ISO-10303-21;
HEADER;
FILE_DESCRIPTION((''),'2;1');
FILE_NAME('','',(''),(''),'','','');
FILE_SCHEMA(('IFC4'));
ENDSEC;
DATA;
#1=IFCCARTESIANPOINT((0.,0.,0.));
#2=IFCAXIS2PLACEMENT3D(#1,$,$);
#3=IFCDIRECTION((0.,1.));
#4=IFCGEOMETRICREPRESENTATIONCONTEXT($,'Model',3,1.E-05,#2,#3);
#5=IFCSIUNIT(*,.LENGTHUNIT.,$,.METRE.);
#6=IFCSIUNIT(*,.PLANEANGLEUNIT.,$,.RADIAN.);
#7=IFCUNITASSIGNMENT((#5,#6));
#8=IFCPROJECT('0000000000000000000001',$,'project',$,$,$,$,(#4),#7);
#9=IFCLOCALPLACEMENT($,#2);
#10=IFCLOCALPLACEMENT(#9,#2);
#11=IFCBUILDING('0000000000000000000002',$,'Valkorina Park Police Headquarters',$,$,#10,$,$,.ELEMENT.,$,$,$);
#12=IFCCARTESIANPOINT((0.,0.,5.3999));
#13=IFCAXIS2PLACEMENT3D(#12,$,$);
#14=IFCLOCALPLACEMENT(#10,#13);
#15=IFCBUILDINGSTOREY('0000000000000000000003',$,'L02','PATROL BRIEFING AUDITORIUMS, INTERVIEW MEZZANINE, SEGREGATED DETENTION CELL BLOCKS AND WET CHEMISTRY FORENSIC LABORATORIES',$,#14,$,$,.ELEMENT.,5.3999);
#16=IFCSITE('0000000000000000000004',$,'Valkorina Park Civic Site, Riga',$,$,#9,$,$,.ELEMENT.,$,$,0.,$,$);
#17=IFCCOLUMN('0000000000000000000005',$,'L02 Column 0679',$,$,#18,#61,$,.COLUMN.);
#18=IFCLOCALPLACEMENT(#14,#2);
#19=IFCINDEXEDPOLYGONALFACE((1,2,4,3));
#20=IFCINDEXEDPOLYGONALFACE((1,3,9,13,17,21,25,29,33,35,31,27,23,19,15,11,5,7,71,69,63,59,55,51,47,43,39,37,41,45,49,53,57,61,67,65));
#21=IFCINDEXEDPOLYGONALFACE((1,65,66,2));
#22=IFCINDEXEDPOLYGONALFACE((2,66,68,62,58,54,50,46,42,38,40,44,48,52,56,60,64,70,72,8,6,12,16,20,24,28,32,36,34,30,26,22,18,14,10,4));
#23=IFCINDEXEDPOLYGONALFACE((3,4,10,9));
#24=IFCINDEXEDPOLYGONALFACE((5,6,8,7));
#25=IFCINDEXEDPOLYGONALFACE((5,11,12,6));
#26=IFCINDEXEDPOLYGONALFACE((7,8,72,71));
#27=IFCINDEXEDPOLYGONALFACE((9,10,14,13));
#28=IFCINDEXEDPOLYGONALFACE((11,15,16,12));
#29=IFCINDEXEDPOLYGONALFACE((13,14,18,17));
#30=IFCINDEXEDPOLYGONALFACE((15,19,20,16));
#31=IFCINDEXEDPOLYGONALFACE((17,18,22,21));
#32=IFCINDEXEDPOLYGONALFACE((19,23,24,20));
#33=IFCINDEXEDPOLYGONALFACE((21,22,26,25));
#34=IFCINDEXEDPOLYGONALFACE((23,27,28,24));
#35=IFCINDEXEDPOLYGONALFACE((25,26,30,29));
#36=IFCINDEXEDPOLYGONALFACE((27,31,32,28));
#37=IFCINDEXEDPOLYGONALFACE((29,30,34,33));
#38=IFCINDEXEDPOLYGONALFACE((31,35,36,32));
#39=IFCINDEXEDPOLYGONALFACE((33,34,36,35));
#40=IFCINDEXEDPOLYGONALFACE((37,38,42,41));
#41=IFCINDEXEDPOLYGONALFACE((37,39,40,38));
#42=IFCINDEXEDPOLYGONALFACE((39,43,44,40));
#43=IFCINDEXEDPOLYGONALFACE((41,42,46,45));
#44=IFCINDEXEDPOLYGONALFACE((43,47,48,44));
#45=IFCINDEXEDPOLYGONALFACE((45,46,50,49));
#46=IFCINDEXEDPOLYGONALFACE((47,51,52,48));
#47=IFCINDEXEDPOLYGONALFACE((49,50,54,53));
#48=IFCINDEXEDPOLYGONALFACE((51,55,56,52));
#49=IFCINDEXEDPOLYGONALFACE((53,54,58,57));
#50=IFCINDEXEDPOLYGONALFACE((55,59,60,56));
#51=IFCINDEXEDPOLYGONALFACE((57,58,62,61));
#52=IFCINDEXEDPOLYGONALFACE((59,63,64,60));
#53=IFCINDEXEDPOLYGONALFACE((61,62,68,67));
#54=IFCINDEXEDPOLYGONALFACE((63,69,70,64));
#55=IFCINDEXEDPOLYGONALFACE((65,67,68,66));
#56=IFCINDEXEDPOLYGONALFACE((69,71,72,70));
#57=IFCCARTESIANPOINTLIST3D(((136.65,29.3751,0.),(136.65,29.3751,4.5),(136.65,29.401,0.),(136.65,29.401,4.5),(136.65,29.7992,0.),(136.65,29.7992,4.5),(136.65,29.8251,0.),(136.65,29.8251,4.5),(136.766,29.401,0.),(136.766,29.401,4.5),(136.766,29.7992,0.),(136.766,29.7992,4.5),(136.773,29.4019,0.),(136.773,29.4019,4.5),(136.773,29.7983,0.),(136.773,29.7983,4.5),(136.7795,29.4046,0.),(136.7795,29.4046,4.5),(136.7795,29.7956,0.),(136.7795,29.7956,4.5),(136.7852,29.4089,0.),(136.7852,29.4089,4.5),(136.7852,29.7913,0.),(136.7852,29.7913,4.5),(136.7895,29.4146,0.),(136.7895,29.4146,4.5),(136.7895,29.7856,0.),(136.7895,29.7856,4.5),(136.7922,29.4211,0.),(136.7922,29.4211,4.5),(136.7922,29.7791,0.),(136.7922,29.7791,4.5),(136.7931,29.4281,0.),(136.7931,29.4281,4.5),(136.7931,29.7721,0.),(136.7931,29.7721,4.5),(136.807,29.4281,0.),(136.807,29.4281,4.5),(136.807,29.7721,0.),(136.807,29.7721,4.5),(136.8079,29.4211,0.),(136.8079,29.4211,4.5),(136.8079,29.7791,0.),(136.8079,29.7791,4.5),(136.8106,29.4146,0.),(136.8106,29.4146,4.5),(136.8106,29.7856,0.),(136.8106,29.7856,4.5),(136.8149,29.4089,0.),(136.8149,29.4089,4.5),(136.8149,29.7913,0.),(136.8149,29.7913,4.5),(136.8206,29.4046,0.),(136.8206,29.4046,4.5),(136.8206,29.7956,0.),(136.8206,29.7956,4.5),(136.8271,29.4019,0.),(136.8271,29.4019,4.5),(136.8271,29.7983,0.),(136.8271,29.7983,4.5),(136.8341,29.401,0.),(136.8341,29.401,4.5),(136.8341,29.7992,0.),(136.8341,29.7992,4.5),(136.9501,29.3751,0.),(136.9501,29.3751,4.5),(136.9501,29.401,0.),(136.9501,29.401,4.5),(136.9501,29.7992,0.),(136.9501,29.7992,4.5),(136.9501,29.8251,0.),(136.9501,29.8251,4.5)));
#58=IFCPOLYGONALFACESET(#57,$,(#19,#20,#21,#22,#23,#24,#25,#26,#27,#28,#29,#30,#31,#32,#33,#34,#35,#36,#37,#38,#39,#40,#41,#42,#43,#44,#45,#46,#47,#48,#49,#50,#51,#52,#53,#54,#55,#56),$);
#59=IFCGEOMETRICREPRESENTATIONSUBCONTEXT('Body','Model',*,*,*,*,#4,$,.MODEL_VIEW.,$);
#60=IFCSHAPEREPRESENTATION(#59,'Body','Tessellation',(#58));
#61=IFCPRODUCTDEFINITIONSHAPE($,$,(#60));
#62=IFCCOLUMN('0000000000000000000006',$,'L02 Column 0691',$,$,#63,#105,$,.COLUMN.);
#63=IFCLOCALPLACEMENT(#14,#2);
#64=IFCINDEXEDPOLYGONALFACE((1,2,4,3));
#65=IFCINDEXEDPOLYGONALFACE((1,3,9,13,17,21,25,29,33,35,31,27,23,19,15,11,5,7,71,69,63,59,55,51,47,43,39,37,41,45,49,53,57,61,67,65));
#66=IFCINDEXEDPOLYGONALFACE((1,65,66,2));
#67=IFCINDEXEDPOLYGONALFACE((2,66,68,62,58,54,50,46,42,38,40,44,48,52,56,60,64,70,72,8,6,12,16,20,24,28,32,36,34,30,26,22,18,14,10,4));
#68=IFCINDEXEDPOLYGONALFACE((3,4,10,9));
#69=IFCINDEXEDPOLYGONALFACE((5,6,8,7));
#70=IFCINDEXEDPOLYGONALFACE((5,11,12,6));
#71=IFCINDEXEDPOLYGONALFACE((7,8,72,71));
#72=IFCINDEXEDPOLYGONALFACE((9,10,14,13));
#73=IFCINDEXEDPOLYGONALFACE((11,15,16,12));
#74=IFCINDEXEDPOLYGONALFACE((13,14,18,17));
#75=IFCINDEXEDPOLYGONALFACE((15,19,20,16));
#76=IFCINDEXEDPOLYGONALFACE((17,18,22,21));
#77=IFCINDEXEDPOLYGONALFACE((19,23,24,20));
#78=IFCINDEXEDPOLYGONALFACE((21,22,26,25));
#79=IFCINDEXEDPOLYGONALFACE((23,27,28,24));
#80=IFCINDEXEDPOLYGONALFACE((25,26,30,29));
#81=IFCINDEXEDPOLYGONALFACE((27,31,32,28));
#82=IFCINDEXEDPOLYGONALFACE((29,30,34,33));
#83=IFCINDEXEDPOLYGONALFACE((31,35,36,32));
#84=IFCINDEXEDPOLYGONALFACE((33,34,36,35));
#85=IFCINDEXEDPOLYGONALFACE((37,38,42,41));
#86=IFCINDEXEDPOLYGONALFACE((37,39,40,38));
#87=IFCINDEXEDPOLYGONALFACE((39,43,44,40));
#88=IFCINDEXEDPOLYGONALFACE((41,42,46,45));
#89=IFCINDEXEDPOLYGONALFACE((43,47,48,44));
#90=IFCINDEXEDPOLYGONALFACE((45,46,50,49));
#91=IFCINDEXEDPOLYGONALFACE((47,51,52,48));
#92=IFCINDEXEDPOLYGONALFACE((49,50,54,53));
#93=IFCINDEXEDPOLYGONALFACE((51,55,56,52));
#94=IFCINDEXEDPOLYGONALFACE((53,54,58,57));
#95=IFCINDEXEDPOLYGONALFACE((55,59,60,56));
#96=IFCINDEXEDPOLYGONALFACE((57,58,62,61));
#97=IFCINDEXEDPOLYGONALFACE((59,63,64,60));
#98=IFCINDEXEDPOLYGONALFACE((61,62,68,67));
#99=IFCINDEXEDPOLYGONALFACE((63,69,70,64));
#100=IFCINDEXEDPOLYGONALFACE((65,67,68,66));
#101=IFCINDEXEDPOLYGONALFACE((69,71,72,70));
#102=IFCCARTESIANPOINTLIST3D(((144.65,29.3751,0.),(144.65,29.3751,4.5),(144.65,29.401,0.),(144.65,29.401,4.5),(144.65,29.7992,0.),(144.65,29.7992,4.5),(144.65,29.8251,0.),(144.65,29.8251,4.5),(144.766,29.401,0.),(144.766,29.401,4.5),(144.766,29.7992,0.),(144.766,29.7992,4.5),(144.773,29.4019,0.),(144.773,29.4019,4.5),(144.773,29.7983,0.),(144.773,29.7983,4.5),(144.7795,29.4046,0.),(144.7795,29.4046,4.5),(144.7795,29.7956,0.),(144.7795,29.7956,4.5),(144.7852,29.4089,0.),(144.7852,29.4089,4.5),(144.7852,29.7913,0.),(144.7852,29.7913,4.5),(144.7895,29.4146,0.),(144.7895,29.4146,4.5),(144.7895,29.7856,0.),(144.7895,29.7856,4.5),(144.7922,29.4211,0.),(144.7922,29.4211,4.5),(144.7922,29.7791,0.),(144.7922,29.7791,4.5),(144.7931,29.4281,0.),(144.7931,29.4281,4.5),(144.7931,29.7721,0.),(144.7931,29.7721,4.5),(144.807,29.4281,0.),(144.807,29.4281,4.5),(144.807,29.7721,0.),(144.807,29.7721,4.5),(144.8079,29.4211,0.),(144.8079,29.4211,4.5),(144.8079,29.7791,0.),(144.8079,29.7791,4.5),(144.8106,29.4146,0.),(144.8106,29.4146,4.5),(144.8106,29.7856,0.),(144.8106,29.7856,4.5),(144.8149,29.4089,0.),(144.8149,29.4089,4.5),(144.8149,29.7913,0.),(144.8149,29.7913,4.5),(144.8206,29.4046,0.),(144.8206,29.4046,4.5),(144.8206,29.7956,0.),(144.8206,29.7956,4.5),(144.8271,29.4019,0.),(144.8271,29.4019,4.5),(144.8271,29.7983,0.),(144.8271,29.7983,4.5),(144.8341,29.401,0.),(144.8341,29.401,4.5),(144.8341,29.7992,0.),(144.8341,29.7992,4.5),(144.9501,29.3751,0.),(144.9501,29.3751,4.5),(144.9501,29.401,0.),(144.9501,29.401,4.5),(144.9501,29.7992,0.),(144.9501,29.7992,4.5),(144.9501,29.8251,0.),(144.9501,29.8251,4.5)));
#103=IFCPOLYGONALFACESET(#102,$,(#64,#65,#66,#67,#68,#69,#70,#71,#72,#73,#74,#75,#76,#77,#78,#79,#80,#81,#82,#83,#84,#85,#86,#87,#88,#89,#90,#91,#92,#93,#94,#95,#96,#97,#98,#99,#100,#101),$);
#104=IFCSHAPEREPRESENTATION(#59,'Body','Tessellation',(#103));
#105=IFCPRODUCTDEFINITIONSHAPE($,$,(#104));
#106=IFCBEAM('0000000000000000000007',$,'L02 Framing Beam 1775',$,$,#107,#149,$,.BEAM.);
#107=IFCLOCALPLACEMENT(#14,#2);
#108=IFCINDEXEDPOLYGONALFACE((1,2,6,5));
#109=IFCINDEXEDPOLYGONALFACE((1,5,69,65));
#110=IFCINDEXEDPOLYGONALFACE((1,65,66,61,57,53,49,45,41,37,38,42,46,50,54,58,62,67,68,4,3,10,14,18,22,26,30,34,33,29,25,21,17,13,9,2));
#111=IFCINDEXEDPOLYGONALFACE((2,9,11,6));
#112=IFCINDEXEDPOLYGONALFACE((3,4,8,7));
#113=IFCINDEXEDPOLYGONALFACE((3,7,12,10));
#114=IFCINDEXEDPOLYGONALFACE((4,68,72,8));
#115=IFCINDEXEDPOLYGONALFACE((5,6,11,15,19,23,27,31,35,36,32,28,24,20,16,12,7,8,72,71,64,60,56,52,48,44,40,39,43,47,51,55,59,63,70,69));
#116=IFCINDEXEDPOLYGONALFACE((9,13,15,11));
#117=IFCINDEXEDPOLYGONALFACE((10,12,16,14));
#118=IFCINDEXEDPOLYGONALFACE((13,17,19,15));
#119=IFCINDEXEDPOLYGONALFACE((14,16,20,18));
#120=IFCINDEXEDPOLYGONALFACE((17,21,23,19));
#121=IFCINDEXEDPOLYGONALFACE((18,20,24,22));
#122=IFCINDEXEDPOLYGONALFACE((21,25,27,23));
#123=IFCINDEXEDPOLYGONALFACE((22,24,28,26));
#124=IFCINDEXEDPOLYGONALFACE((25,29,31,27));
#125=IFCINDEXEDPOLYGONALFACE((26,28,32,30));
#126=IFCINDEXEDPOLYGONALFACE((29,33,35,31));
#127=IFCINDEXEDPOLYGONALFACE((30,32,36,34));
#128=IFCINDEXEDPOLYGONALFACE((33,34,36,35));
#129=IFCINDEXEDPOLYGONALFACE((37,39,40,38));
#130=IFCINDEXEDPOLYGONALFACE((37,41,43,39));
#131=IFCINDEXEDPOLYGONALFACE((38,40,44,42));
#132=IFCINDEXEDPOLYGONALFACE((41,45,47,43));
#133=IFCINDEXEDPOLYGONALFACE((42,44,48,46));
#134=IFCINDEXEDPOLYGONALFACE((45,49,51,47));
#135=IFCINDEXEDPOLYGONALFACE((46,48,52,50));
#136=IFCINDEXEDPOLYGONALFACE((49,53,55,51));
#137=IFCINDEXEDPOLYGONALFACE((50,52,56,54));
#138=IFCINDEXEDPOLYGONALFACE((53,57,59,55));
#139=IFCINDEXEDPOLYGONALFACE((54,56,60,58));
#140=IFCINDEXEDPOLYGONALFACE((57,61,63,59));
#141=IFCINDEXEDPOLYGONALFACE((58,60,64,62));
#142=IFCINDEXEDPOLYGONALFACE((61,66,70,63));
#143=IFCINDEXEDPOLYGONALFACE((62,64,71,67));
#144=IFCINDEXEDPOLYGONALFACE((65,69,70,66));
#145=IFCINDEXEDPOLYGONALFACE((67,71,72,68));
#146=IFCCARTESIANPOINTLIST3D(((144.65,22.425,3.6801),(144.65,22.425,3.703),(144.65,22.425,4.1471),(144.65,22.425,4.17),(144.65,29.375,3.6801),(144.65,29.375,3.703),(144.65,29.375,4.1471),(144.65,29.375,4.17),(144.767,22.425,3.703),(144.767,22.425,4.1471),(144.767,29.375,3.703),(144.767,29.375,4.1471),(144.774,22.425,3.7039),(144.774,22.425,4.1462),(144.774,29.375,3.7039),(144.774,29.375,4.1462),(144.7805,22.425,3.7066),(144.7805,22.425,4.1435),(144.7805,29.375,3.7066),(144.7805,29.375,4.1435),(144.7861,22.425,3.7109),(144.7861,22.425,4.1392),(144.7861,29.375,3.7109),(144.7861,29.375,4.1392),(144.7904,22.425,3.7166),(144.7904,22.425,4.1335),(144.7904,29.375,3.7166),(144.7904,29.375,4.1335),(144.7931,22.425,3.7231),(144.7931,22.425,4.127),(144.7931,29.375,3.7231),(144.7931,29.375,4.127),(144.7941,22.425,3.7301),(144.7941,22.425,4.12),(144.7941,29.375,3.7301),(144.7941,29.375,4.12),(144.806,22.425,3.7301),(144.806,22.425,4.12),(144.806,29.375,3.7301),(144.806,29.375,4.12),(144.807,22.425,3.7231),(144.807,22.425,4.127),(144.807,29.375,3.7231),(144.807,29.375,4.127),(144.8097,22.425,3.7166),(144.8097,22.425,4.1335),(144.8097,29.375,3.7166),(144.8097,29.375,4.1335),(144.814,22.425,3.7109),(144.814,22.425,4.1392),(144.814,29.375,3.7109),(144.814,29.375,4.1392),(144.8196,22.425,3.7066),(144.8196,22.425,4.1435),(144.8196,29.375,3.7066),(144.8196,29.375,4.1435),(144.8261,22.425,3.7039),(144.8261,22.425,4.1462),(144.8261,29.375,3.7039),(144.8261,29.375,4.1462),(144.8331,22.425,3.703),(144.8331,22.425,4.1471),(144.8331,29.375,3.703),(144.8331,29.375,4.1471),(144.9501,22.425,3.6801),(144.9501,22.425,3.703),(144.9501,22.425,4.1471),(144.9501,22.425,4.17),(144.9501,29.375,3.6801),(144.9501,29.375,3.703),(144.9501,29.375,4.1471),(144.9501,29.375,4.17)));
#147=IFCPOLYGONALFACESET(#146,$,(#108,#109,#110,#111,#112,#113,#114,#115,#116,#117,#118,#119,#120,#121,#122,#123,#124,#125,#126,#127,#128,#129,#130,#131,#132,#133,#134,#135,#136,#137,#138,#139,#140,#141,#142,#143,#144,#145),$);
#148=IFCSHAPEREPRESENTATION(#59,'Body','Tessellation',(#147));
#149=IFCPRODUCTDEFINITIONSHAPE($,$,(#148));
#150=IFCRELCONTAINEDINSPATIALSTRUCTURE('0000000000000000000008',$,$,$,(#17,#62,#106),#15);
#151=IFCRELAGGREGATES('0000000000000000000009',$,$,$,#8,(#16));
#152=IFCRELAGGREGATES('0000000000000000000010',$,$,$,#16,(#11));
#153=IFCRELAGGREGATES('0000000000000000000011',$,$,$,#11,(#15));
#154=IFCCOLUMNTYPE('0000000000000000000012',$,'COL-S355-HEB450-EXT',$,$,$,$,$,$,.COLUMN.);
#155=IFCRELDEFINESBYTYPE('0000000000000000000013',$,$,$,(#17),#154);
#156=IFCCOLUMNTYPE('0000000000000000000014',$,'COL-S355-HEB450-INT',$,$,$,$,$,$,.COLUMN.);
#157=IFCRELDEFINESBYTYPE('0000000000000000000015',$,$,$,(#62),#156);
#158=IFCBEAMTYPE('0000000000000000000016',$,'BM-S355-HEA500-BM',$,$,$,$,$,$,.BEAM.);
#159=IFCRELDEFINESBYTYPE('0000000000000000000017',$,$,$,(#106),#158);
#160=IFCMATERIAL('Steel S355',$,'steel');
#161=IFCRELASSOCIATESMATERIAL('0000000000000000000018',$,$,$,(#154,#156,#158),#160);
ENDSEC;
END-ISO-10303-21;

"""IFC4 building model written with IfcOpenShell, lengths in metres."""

from ifc_helpers import new_model, si_unit, direction, frame, origin, origin_2d, place, context, subcontext, project, spatial, i_section, extrude, material, material_profile, profile_set, type_object, element, save


model = new_model("IFC4")

# Units and contexts
model_context = context("Model", 3, precision=1e-05, world=origin(), true_north=direction((0.0, 1.0)))
body_context = subcontext(model_context, "Body", "Model", "MODEL_VIEW")
ifc_project = project(units=[si_unit("LENGTHUNIT", "METRE"), si_unit("PLANEANGLEUNIT", "RADIAN")], contexts=[model_context])

# Site, building, storey
site_placement = place(None, origin())
site = spatial("IfcSite", under=ifc_project, at=site_placement, Name="Valkorina Park Civic Site, Riga", CompositionType="ELEMENT", RefElevation=0.0)
building_placement = place(site_placement, origin())
building = spatial("IfcBuilding", under=site, at=building_placement, Name="Valkorina Park Police Headquarters", CompositionType="ELEMENT")
storey_placement = place(building_placement, frame((0.0, 0.0, 5.3999)))
storey = spatial("IfcBuildingStorey", under=building, at=storey_placement, Name="L02", Description="PATROL BRIEFING AUDITORIUMS, INTERVIEW MEZZANINE, SEGREGATED DETENTION CELL BLOCKS AND WET CHEMISTRY FORENSIC LABORATORIES", CompositionType="ELEMENT", Elevation=5.3999)

# Columns
ifc_material_1 = material(Name="Steel S355", Category="steel")
ifc_material_profile_1 = material_profile(ifc_material_1, i_section(OverallWidth=0.3, OverallDepth=0.45, WebThickness=0.0139, FlangeThickness=0.0259, FilletRadius=0.0271, at=origin_2d()), Name="HEB 450")
ifc_profile_set_1 = profile_set([ifc_material_profile_1], Name="Steel S355")
column_type_1 = type_object("IfcColumnType", Name="COL-S355-HEB450-EXT", PredefinedType="COLUMN", material=ifc_profile_set_1)
column_1_placement = place(storey_placement, frame((136.8, 29.6001, 0.0), z_axis=(0.0, 0.0, 1.0), x_axis=(1.0, 0.0, 0.0)))
element("IfcColumn", 1, at=column_1_placement, inside=storey, type_object=column_type_1, Name="L02 Column 0679", PredefinedType="COLUMN", context=body_context, shape_type="SweptSolid", body=[
    extrude(i_section(OverallWidth=0.3, OverallDepth=0.45, WebThickness=0.0139, FlangeThickness=0.0259, FilletRadius=0.0271, at=origin_2d()), origin(), (0.0, 0.0, 1.0), 4.5),
])
ifc_material_profile_2 = material_profile(ifc_material_1, i_section(OverallWidth=0.3, OverallDepth=0.45, WebThickness=0.0139, FlangeThickness=0.0259, FilletRadius=0.0271, at=origin_2d()), Name="HEB 450")
ifc_profile_set_2 = profile_set([ifc_material_profile_2], Name="Steel S355")
column_type_2 = type_object("IfcColumnType", Name="COL-S355-HEB450-INT", PredefinedType="COLUMN", material=ifc_profile_set_2)
column_2_placement = place(storey_placement, frame((144.8, 29.6001, 0.0), z_axis=(0.0, 0.0, 1.0), x_axis=(1.0, 0.0, 0.0)))
element("IfcColumn", 2, at=column_2_placement, inside=storey, type_object=column_type_2, Name="L02 Column 0691", PredefinedType="COLUMN", context=body_context, shape_type="SweptSolid", body=[
    extrude(i_section(OverallWidth=0.3, OverallDepth=0.45, WebThickness=0.0139, FlangeThickness=0.0259, FilletRadius=0.0271, at=origin_2d()), origin(), (0.0, 0.0, 1.0), 4.5),
])

# Beam
ifc_material_profile_3 = material_profile(ifc_material_1, i_section(OverallWidth=0.3, OverallDepth=0.49, WebThickness=0.012, FlangeThickness=0.0229, FilletRadius=0.0271, at=origin_2d()), Name="HEA 500")
ifc_profile_set_3 = profile_set([ifc_material_profile_3], Name="Steel S355")
beam_type_1 = type_object("IfcBeamType", Name="BM-S355-HEA500-BM", PredefinedType="BEAM", material=ifc_profile_set_3)
beam_1_placement = place(storey_placement, frame((144.8, 22.425, 3.925), z_axis=(0.0, 1.0, 0.0), x_axis=(-1.0, 0.0, 0.0)))
element("IfcBeam", 3, at=beam_1_placement, inside=storey, type_object=beam_type_1, Name="L02 Framing Beam 1775", PredefinedType="BEAM", context=body_context, shape_type="SweptSolid", body=[
    extrude(i_section(OverallWidth=0.3, OverallDepth=0.49, WebThickness=0.012, FlangeThickness=0.0229, FilletRadius=0.0271, at=origin_2d()), origin(), (0.0, 0.0, 1.0), 6.95),
])

save(model, "model.ifc")
